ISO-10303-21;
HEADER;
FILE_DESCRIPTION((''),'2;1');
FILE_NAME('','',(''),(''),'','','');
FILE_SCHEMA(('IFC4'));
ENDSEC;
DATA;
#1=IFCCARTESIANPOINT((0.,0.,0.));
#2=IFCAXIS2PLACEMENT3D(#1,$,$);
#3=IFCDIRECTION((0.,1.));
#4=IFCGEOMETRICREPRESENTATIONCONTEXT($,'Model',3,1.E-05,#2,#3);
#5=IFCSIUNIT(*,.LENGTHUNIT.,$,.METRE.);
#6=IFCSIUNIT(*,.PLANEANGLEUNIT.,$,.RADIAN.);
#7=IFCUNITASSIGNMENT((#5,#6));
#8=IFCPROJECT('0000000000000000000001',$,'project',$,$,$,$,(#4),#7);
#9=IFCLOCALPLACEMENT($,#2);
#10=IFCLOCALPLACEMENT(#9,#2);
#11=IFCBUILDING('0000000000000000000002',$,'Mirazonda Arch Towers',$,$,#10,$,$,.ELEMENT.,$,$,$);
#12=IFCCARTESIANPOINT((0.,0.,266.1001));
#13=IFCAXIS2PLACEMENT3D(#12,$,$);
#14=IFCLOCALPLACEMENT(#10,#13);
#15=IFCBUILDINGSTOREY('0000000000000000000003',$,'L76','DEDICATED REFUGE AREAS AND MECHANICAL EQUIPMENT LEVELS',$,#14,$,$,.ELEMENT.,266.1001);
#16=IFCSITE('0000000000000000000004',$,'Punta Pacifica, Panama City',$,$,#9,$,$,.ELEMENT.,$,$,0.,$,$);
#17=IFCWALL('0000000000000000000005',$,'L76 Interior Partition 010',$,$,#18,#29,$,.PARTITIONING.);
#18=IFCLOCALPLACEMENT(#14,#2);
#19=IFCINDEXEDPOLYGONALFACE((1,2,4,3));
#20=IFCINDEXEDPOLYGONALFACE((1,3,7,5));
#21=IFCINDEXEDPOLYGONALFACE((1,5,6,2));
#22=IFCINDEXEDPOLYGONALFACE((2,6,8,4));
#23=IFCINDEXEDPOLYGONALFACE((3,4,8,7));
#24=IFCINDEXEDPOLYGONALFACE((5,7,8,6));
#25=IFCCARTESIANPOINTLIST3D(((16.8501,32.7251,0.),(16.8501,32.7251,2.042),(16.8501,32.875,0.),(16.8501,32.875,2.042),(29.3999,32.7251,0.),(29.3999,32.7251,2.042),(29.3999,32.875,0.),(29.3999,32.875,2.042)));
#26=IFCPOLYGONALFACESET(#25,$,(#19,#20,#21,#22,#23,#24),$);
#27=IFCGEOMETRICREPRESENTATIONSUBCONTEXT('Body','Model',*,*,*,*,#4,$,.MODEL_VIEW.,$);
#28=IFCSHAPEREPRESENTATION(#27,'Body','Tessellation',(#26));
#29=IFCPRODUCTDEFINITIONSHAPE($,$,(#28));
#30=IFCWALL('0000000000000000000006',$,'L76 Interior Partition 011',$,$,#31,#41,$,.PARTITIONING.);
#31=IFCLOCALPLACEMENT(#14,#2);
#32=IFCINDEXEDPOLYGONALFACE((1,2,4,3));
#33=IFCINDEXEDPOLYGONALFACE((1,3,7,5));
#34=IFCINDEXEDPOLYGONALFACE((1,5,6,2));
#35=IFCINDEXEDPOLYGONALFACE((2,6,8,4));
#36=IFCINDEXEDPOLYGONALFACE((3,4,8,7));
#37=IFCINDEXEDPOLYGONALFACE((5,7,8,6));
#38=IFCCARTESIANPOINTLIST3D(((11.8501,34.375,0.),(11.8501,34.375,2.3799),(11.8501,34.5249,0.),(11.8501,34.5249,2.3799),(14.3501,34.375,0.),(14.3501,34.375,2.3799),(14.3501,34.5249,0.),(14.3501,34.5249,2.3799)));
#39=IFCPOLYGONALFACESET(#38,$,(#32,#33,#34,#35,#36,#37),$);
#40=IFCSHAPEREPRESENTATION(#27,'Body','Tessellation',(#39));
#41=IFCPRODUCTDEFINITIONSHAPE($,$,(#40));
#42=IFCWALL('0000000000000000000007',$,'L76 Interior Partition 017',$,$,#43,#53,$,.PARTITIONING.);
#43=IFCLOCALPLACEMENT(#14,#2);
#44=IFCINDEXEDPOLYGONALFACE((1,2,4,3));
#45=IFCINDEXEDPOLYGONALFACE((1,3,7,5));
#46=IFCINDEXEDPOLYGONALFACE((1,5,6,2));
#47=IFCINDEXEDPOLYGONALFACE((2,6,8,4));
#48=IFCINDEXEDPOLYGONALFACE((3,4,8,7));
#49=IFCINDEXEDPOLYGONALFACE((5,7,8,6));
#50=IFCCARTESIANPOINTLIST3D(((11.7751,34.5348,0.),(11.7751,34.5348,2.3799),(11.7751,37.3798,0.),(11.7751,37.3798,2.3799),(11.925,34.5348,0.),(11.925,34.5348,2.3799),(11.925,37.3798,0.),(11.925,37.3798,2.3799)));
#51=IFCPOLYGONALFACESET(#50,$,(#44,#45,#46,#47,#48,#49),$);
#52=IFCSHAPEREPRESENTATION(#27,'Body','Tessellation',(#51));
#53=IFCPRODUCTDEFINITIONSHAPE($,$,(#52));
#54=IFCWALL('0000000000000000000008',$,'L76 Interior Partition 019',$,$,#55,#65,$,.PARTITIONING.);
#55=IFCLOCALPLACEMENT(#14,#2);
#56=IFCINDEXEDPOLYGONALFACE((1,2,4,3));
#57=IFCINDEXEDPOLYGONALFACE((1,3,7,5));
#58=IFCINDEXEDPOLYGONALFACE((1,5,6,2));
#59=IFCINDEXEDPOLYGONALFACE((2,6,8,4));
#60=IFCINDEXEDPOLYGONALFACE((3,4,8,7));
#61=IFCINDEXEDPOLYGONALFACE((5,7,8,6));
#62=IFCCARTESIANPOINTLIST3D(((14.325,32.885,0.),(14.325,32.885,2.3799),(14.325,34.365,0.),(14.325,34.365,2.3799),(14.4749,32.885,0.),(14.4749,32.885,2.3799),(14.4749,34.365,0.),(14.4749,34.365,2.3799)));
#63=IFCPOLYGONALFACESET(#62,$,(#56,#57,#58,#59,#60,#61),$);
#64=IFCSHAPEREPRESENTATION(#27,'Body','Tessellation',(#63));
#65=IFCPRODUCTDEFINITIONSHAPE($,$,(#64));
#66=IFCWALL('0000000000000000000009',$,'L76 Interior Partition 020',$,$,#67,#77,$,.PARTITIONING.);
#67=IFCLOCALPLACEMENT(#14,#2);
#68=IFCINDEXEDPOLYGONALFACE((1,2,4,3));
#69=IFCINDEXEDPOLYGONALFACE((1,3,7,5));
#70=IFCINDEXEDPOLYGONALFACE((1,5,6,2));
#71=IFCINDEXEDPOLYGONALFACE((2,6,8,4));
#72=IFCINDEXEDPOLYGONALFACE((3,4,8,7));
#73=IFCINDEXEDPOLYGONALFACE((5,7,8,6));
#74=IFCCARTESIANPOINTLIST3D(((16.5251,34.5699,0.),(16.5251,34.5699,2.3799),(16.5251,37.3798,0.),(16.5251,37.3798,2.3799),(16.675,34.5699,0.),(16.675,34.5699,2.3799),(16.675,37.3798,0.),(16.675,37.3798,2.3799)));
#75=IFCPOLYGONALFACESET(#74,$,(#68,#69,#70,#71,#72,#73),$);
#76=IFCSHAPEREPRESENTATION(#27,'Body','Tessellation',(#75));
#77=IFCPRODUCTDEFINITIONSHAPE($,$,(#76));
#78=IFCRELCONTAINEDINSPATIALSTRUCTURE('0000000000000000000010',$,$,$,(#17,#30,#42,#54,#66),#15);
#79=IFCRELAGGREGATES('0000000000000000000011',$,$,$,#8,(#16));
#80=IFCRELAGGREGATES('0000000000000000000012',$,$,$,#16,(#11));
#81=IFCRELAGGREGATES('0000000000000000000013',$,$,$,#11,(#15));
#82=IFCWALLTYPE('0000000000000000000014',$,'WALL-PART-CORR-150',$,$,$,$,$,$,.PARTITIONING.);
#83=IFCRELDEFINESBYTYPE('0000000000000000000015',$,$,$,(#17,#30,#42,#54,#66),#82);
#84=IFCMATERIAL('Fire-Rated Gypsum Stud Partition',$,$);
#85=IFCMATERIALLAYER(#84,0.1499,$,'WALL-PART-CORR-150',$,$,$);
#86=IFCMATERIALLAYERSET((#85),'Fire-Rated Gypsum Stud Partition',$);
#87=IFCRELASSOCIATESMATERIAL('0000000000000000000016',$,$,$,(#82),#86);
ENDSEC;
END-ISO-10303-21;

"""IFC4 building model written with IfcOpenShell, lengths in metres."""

from ifc_helpers import new_model, si_unit, direction, frame, frame_2d, origin, place, context, subcontext, project, spatial, rectangle, extrude, material, layer, layer_set, type_object, element, save


model = new_model("IFC4")

# Units and contexts
model_context = context("Model", 3, precision=1e-05, world=origin(), true_north=direction((0.0, 1.0)))
body_context = subcontext(model_context, "Body", "Model", "MODEL_VIEW")
ifc_project = project(units=[si_unit("LENGTHUNIT", "METRE"), si_unit("PLANEANGLEUNIT", "RADIAN")], contexts=[model_context])

# Site, building, storey
site_placement = place(None, origin())
site = spatial("IfcSite", under=ifc_project, at=site_placement, Name="Punta Pacifica, Panama City", CompositionType="ELEMENT", RefElevation=0.0)
building_placement = place(site_placement, origin())
building = spatial("IfcBuilding", under=site, at=building_placement, Name="Mirazonda Arch Towers", CompositionType="ELEMENT")
storey_placement = place(building_placement, frame((0.0, 0.0, 266.1001)))
storey = spatial("IfcBuildingStorey", under=building, at=storey_placement, Name="L76", Description="DEDICATED REFUGE AREAS AND MECHANICAL EQUIPMENT LEVELS", CompositionType="ELEMENT", Elevation=266.1001)

# Walls
ifc_material_1 = material(Name="Fire-Rated Gypsum Stud Partition")
ifc_layer_1 = layer(ifc_material_1, 0.1499, Name="WALL-PART-CORR-150")
ifc_layer_set_1 = layer_set([ifc_layer_1], Name="Fire-Rated Gypsum Stud Partition")
wall_type_1 = type_object("IfcWallType", Name="WALL-PART-CORR-150", PredefinedType="PARTITIONING", material=ifc_layer_set_1)
wall_1_placement = place(storey_placement, frame((16.8501, 32.8, 0.0), z_axis=(0.0, 0.0, 1.0), x_axis=(1.0, 0.0, 0.0)))
element("IfcWall", 1, at=wall_1_placement, inside=storey, type_object=wall_type_1, Name="L76 Interior Partition 010", PredefinedType="PARTITIONING", context=body_context, shape_type="SweptSolid", body=[
    extrude(rectangle(XDim=12.5498, YDim=0.1499, at=frame_2d((6.2749, 0.0))), origin(), (0.0, 0.0, 1.0), 2.042),
])
wall_2_placement = place(storey_placement, frame((11.8501, 34.45, 0.0), z_axis=(0.0, 0.0, 1.0), x_axis=(1.0, 0.0, 0.0)))
element("IfcWall", 2, at=wall_2_placement, inside=storey, type_object=wall_type_1, Name="L76 Interior Partition 011", PredefinedType="PARTITIONING", context=body_context, shape_type="SweptSolid", body=[
    extrude(rectangle(XDim=2.5, YDim=0.1499, at=frame_2d((1.25, 0.0))), origin(), (0.0, 0.0, 1.0), 2.3799),
])
wall_3_placement = place(storey_placement, frame((11.8501, 34.5349, 0.0), z_axis=(0.0, 0.0, 1.0), x_axis=(0.0, 1.0, 0.0)))
element("IfcWall", 3, at=wall_3_placement, inside=storey, type_object=wall_type_1, Name="L76 Interior Partition 017", PredefinedType="PARTITIONING", context=body_context, shape_type="SweptSolid", body=[
    extrude(rectangle(XDim=2.845, YDim=0.1499, at=frame_2d((1.4224, 0.0))), origin(), (0.0, 0.0, 1.0), 2.3799),
])
wall_4_placement = place(storey_placement, frame((14.3999, 32.885, 0.0), z_axis=(0.0, 0.0, 1.0), x_axis=(0.0, 1.0, 0.0)))
element("IfcWall", 4, at=wall_4_placement, inside=storey, type_object=wall_type_1, Name="L76 Interior Partition 019", PredefinedType="PARTITIONING", context=body_context, shape_type="SweptSolid", body=[
    extrude(rectangle(XDim=1.48, YDim=0.1499, at=frame_2d((0.74, 0.0))), origin(), (0.0, 0.0, 1.0), 2.3799),
])
wall_5_placement = place(storey_placement, frame((16.6001, 34.5701, 0.0), z_axis=(0.0, 0.0, 1.0), x_axis=(0.0, 1.0, 0.0)))
element("IfcWall", 5, at=wall_5_placement, inside=storey, type_object=wall_type_1, Name="L76 Interior Partition 020", PredefinedType="PARTITIONING", context=body_context, shape_type="SweptSolid", body=[
    extrude(rectangle(XDim=2.8098, YDim=0.1499, at=frame_2d((1.4048, 0.0))), origin(), (0.0, 0.0, 1.0), 2.3799),
])

save(model, "model.ifc")
